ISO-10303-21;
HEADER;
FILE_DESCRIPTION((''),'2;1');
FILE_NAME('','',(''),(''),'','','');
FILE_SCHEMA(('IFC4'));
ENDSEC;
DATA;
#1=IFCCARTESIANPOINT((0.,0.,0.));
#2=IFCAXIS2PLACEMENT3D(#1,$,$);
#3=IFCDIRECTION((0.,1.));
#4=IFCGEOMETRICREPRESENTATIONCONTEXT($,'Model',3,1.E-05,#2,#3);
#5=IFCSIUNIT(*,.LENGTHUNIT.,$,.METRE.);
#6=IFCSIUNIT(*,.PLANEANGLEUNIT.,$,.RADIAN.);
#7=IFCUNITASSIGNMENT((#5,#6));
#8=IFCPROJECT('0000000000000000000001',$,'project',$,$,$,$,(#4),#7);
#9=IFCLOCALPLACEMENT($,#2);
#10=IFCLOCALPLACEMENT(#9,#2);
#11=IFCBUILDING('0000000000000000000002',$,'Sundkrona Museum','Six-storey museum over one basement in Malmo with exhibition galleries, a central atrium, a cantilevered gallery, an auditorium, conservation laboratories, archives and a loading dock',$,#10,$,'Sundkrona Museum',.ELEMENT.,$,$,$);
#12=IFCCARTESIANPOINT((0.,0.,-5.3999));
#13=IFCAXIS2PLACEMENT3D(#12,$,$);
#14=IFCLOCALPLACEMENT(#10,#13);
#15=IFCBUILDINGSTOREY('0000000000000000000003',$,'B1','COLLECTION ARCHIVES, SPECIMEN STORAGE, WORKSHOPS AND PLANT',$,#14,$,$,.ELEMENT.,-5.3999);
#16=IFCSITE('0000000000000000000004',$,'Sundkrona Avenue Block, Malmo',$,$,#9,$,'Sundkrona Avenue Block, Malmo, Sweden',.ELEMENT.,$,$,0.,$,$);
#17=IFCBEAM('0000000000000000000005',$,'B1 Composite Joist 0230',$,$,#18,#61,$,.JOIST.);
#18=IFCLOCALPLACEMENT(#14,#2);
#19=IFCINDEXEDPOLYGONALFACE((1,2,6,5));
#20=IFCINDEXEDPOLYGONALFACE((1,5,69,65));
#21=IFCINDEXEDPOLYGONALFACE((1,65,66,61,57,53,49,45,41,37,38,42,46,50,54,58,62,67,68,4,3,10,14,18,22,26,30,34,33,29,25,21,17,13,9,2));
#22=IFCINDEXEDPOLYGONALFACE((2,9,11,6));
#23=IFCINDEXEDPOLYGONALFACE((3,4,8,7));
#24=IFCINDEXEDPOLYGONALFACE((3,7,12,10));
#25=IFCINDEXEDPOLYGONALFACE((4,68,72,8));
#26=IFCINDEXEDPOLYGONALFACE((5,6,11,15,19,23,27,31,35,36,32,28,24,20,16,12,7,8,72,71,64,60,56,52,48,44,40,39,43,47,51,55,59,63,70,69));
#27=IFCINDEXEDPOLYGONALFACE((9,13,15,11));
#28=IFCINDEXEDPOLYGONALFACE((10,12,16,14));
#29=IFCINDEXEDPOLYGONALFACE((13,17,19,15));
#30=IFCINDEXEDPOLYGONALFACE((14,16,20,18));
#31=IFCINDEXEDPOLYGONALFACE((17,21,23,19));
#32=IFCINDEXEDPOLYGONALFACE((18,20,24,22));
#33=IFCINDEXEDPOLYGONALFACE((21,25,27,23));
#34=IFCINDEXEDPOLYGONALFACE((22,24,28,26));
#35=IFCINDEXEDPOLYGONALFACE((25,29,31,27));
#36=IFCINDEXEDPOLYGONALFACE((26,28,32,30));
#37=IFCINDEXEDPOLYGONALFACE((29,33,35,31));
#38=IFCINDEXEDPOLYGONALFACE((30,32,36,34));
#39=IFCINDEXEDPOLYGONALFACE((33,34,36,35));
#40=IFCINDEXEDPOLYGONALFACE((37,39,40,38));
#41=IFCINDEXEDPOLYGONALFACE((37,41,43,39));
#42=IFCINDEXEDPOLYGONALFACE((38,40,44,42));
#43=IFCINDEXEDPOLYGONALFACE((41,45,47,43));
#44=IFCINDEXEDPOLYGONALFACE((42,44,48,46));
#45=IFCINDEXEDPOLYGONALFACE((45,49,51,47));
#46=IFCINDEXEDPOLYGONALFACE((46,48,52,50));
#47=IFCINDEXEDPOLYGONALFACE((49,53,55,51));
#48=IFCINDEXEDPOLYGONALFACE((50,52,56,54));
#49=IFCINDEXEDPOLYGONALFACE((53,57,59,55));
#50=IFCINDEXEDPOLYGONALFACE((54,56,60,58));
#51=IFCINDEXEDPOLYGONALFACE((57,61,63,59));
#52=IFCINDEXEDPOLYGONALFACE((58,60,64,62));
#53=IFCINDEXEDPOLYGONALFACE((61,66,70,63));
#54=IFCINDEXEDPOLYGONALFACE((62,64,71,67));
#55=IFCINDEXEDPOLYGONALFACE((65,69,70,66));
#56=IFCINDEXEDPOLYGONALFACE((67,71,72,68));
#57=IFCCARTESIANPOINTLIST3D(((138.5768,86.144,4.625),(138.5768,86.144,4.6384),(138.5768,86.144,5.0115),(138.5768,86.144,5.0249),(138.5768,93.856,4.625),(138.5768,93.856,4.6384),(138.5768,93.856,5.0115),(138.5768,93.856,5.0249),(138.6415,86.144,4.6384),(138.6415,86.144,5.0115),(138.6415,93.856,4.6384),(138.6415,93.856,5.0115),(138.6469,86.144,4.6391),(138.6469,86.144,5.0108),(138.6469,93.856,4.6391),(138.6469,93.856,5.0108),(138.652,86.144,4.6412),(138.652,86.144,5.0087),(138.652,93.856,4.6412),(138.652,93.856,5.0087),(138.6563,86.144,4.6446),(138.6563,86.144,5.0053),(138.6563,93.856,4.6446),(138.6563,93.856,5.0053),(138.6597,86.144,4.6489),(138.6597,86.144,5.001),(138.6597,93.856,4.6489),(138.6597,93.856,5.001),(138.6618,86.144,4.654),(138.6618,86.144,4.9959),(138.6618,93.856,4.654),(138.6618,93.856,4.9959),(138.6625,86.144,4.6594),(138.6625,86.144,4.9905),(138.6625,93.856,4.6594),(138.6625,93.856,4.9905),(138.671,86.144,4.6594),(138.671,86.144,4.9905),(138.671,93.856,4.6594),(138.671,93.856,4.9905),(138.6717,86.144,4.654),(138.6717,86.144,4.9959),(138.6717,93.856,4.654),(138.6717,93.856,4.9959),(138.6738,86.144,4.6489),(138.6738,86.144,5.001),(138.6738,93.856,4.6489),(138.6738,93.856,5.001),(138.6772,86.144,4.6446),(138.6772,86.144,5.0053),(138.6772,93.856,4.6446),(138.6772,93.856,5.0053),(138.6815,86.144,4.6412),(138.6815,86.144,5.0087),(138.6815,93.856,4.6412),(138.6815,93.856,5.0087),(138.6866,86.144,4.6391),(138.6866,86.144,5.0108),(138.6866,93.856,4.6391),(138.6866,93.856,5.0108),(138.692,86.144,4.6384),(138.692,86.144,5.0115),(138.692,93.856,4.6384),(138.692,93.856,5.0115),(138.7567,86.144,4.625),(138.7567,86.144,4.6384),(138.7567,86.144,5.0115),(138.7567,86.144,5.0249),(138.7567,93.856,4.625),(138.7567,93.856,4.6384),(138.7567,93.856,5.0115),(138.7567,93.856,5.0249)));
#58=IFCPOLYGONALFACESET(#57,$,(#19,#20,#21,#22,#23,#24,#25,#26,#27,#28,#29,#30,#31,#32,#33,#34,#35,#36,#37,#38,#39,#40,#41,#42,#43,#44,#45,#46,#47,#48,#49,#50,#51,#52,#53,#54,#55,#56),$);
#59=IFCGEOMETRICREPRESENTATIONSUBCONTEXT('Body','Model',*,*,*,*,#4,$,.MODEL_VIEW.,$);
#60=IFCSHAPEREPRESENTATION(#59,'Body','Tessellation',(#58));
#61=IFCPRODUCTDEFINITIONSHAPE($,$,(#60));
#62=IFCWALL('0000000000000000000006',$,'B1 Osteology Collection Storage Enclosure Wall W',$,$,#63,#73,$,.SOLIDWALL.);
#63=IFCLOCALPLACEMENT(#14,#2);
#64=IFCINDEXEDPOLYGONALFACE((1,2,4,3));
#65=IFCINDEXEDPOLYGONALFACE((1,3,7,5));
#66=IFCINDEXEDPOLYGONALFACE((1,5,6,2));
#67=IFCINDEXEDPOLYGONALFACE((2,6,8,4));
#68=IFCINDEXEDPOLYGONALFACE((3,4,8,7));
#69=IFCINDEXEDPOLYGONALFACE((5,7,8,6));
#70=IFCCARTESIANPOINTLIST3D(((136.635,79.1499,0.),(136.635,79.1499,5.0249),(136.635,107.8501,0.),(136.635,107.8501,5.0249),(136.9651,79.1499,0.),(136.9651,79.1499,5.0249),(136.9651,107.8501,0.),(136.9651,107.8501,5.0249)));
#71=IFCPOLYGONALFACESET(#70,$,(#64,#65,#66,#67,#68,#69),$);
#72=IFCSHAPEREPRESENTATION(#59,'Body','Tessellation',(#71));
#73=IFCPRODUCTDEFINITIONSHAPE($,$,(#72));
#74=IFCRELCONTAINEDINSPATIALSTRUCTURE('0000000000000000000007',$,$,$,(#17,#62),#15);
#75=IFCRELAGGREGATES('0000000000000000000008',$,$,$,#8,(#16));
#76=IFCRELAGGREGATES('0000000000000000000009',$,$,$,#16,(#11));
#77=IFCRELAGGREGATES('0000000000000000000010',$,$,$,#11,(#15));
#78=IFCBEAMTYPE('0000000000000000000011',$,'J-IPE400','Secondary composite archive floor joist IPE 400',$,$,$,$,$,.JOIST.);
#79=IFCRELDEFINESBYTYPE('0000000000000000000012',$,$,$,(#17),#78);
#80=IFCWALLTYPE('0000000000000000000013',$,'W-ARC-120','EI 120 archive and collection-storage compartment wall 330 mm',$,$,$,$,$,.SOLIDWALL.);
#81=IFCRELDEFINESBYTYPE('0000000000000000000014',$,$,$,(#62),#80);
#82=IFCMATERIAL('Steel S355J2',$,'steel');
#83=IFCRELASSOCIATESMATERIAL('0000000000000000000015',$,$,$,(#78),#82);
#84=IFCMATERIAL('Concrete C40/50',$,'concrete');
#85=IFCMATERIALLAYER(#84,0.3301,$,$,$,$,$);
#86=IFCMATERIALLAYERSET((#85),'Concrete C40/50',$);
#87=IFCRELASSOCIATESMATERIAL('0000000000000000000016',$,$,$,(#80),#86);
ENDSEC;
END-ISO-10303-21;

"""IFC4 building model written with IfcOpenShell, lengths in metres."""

from ifc_helpers import new_model, si_unit, direction, frame, frame_2d, origin, origin_2d, place, context, subcontext, project, spatial, rectangle, i_section, extrude, material, layer, layer_set, material_profile, profile_set, type_object, element, save


model = new_model("IFC4")

# Units and contexts
model_context = context("Model", 3, precision=1e-05, world=origin(), true_north=direction((0.0, 1.0)))
body_context = subcontext(model_context, "Body", "Model", "MODEL_VIEW")
ifc_project = project(units=[si_unit("LENGTHUNIT", "METRE"), si_unit("PLANEANGLEUNIT", "RADIAN")], contexts=[model_context])

# Site, building, storey
site_placement = place(None, origin())
site = spatial("IfcSite", under=ifc_project, at=site_placement, Name="Sundkrona Avenue Block, Malmo", LongName="Sundkrona Avenue Block, Malmo, Sweden", CompositionType="ELEMENT", RefElevation=0.0)
building_placement = place(site_placement, origin())
building = spatial("IfcBuilding", under=site, at=building_placement, Name="Sundkrona Museum", Description="Six-storey museum over one basement in Malmo with exhibition galleries, a central atrium, a cantilevered gallery, an auditorium, conservation laboratories, archives and a loading dock", LongName="Sundkrona Museum", CompositionType="ELEMENT")
storey_placement = place(building_placement, frame((0.0, 0.0, -5.3999)))
storey = spatial("IfcBuildingStorey", under=building, at=storey_placement, Name="B1", Description="COLLECTION ARCHIVES, SPECIMEN STORAGE, WORKSHOPS AND PLANT", CompositionType="ELEMENT", Elevation=-5.3999)

# Shared definitions
ifc_material_1 = material(Name="Concrete C40/50", Category="concrete")

# Beam
ifc_material_2 = material(Name="Steel S355J2", Category="steel")
ifc_material_profile_1 = material_profile(ifc_material_2, i_section(OverallWidth=0.1799, OverallDepth=0.3999, WebThickness=0.0085, FlangeThickness=0.0134, FilletRadius=0.021, at=origin_2d()), Name="IPE 400")
ifc_profile_set_1 = profile_set([ifc_material_profile_1], Name="Steel S355J2")
beam_type_1 = type_object("IfcBeamType", Name="J-IPE400", Description="Secondary composite archive floor joist IPE 400", PredefinedType="JOIST", material=ifc_profile_set_1)
beam_placement = place(storey_placement, frame((138.6667, 86.144, 4.825), z_axis=(0.0, 1.0, 0.0), x_axis=(-1.0, 0.0, 0.0)))
element("IfcBeam", 1, at=beam_placement, inside=storey, type_object=beam_type_1, Name="B1 Composite Joist 0230", PredefinedType="JOIST", context=body_context, shape_type="SweptSolid", body=[
    extrude(i_section(OverallWidth=0.1799, OverallDepth=0.3999, WebThickness=0.0085, FlangeThickness=0.0134, FilletRadius=0.021, at=origin_2d()), origin(), (0.0, 0.0, 1.0), 7.7119),
])

# Wall
ifc_layer = layer(ifc_material_1, 0.3301)
ifc_layer_set = layer_set([ifc_layer], Name="Concrete C40/50")
wall_type = type_object("IfcWallType", Name="W-ARC-120", Description="EI 120 archive and collection-storage compartment wall 330 mm", PredefinedType="SOLIDWALL", material=ifc_layer_set)
wall_placement = place(storey_placement, frame((136.8, 79.1499, 0.0), z_axis=(0.0, 0.0, 1.0), x_axis=(0.0, 1.0, 0.0)))
element("IfcWall", 2, at=wall_placement, inside=storey, type_object=wall_type, Name="B1 Osteology Collection Storage Enclosure Wall W", PredefinedType="SOLIDWALL", context=body_context, shape_type="SweptSolid", body=[
    extrude(rectangle(XDim=28.7002, YDim=0.3301, at=frame_2d((14.3501, 0.0))), origin(), (0.0, 0.0, 1.0), 5.0249),
])

save(model, "model.ifc")
